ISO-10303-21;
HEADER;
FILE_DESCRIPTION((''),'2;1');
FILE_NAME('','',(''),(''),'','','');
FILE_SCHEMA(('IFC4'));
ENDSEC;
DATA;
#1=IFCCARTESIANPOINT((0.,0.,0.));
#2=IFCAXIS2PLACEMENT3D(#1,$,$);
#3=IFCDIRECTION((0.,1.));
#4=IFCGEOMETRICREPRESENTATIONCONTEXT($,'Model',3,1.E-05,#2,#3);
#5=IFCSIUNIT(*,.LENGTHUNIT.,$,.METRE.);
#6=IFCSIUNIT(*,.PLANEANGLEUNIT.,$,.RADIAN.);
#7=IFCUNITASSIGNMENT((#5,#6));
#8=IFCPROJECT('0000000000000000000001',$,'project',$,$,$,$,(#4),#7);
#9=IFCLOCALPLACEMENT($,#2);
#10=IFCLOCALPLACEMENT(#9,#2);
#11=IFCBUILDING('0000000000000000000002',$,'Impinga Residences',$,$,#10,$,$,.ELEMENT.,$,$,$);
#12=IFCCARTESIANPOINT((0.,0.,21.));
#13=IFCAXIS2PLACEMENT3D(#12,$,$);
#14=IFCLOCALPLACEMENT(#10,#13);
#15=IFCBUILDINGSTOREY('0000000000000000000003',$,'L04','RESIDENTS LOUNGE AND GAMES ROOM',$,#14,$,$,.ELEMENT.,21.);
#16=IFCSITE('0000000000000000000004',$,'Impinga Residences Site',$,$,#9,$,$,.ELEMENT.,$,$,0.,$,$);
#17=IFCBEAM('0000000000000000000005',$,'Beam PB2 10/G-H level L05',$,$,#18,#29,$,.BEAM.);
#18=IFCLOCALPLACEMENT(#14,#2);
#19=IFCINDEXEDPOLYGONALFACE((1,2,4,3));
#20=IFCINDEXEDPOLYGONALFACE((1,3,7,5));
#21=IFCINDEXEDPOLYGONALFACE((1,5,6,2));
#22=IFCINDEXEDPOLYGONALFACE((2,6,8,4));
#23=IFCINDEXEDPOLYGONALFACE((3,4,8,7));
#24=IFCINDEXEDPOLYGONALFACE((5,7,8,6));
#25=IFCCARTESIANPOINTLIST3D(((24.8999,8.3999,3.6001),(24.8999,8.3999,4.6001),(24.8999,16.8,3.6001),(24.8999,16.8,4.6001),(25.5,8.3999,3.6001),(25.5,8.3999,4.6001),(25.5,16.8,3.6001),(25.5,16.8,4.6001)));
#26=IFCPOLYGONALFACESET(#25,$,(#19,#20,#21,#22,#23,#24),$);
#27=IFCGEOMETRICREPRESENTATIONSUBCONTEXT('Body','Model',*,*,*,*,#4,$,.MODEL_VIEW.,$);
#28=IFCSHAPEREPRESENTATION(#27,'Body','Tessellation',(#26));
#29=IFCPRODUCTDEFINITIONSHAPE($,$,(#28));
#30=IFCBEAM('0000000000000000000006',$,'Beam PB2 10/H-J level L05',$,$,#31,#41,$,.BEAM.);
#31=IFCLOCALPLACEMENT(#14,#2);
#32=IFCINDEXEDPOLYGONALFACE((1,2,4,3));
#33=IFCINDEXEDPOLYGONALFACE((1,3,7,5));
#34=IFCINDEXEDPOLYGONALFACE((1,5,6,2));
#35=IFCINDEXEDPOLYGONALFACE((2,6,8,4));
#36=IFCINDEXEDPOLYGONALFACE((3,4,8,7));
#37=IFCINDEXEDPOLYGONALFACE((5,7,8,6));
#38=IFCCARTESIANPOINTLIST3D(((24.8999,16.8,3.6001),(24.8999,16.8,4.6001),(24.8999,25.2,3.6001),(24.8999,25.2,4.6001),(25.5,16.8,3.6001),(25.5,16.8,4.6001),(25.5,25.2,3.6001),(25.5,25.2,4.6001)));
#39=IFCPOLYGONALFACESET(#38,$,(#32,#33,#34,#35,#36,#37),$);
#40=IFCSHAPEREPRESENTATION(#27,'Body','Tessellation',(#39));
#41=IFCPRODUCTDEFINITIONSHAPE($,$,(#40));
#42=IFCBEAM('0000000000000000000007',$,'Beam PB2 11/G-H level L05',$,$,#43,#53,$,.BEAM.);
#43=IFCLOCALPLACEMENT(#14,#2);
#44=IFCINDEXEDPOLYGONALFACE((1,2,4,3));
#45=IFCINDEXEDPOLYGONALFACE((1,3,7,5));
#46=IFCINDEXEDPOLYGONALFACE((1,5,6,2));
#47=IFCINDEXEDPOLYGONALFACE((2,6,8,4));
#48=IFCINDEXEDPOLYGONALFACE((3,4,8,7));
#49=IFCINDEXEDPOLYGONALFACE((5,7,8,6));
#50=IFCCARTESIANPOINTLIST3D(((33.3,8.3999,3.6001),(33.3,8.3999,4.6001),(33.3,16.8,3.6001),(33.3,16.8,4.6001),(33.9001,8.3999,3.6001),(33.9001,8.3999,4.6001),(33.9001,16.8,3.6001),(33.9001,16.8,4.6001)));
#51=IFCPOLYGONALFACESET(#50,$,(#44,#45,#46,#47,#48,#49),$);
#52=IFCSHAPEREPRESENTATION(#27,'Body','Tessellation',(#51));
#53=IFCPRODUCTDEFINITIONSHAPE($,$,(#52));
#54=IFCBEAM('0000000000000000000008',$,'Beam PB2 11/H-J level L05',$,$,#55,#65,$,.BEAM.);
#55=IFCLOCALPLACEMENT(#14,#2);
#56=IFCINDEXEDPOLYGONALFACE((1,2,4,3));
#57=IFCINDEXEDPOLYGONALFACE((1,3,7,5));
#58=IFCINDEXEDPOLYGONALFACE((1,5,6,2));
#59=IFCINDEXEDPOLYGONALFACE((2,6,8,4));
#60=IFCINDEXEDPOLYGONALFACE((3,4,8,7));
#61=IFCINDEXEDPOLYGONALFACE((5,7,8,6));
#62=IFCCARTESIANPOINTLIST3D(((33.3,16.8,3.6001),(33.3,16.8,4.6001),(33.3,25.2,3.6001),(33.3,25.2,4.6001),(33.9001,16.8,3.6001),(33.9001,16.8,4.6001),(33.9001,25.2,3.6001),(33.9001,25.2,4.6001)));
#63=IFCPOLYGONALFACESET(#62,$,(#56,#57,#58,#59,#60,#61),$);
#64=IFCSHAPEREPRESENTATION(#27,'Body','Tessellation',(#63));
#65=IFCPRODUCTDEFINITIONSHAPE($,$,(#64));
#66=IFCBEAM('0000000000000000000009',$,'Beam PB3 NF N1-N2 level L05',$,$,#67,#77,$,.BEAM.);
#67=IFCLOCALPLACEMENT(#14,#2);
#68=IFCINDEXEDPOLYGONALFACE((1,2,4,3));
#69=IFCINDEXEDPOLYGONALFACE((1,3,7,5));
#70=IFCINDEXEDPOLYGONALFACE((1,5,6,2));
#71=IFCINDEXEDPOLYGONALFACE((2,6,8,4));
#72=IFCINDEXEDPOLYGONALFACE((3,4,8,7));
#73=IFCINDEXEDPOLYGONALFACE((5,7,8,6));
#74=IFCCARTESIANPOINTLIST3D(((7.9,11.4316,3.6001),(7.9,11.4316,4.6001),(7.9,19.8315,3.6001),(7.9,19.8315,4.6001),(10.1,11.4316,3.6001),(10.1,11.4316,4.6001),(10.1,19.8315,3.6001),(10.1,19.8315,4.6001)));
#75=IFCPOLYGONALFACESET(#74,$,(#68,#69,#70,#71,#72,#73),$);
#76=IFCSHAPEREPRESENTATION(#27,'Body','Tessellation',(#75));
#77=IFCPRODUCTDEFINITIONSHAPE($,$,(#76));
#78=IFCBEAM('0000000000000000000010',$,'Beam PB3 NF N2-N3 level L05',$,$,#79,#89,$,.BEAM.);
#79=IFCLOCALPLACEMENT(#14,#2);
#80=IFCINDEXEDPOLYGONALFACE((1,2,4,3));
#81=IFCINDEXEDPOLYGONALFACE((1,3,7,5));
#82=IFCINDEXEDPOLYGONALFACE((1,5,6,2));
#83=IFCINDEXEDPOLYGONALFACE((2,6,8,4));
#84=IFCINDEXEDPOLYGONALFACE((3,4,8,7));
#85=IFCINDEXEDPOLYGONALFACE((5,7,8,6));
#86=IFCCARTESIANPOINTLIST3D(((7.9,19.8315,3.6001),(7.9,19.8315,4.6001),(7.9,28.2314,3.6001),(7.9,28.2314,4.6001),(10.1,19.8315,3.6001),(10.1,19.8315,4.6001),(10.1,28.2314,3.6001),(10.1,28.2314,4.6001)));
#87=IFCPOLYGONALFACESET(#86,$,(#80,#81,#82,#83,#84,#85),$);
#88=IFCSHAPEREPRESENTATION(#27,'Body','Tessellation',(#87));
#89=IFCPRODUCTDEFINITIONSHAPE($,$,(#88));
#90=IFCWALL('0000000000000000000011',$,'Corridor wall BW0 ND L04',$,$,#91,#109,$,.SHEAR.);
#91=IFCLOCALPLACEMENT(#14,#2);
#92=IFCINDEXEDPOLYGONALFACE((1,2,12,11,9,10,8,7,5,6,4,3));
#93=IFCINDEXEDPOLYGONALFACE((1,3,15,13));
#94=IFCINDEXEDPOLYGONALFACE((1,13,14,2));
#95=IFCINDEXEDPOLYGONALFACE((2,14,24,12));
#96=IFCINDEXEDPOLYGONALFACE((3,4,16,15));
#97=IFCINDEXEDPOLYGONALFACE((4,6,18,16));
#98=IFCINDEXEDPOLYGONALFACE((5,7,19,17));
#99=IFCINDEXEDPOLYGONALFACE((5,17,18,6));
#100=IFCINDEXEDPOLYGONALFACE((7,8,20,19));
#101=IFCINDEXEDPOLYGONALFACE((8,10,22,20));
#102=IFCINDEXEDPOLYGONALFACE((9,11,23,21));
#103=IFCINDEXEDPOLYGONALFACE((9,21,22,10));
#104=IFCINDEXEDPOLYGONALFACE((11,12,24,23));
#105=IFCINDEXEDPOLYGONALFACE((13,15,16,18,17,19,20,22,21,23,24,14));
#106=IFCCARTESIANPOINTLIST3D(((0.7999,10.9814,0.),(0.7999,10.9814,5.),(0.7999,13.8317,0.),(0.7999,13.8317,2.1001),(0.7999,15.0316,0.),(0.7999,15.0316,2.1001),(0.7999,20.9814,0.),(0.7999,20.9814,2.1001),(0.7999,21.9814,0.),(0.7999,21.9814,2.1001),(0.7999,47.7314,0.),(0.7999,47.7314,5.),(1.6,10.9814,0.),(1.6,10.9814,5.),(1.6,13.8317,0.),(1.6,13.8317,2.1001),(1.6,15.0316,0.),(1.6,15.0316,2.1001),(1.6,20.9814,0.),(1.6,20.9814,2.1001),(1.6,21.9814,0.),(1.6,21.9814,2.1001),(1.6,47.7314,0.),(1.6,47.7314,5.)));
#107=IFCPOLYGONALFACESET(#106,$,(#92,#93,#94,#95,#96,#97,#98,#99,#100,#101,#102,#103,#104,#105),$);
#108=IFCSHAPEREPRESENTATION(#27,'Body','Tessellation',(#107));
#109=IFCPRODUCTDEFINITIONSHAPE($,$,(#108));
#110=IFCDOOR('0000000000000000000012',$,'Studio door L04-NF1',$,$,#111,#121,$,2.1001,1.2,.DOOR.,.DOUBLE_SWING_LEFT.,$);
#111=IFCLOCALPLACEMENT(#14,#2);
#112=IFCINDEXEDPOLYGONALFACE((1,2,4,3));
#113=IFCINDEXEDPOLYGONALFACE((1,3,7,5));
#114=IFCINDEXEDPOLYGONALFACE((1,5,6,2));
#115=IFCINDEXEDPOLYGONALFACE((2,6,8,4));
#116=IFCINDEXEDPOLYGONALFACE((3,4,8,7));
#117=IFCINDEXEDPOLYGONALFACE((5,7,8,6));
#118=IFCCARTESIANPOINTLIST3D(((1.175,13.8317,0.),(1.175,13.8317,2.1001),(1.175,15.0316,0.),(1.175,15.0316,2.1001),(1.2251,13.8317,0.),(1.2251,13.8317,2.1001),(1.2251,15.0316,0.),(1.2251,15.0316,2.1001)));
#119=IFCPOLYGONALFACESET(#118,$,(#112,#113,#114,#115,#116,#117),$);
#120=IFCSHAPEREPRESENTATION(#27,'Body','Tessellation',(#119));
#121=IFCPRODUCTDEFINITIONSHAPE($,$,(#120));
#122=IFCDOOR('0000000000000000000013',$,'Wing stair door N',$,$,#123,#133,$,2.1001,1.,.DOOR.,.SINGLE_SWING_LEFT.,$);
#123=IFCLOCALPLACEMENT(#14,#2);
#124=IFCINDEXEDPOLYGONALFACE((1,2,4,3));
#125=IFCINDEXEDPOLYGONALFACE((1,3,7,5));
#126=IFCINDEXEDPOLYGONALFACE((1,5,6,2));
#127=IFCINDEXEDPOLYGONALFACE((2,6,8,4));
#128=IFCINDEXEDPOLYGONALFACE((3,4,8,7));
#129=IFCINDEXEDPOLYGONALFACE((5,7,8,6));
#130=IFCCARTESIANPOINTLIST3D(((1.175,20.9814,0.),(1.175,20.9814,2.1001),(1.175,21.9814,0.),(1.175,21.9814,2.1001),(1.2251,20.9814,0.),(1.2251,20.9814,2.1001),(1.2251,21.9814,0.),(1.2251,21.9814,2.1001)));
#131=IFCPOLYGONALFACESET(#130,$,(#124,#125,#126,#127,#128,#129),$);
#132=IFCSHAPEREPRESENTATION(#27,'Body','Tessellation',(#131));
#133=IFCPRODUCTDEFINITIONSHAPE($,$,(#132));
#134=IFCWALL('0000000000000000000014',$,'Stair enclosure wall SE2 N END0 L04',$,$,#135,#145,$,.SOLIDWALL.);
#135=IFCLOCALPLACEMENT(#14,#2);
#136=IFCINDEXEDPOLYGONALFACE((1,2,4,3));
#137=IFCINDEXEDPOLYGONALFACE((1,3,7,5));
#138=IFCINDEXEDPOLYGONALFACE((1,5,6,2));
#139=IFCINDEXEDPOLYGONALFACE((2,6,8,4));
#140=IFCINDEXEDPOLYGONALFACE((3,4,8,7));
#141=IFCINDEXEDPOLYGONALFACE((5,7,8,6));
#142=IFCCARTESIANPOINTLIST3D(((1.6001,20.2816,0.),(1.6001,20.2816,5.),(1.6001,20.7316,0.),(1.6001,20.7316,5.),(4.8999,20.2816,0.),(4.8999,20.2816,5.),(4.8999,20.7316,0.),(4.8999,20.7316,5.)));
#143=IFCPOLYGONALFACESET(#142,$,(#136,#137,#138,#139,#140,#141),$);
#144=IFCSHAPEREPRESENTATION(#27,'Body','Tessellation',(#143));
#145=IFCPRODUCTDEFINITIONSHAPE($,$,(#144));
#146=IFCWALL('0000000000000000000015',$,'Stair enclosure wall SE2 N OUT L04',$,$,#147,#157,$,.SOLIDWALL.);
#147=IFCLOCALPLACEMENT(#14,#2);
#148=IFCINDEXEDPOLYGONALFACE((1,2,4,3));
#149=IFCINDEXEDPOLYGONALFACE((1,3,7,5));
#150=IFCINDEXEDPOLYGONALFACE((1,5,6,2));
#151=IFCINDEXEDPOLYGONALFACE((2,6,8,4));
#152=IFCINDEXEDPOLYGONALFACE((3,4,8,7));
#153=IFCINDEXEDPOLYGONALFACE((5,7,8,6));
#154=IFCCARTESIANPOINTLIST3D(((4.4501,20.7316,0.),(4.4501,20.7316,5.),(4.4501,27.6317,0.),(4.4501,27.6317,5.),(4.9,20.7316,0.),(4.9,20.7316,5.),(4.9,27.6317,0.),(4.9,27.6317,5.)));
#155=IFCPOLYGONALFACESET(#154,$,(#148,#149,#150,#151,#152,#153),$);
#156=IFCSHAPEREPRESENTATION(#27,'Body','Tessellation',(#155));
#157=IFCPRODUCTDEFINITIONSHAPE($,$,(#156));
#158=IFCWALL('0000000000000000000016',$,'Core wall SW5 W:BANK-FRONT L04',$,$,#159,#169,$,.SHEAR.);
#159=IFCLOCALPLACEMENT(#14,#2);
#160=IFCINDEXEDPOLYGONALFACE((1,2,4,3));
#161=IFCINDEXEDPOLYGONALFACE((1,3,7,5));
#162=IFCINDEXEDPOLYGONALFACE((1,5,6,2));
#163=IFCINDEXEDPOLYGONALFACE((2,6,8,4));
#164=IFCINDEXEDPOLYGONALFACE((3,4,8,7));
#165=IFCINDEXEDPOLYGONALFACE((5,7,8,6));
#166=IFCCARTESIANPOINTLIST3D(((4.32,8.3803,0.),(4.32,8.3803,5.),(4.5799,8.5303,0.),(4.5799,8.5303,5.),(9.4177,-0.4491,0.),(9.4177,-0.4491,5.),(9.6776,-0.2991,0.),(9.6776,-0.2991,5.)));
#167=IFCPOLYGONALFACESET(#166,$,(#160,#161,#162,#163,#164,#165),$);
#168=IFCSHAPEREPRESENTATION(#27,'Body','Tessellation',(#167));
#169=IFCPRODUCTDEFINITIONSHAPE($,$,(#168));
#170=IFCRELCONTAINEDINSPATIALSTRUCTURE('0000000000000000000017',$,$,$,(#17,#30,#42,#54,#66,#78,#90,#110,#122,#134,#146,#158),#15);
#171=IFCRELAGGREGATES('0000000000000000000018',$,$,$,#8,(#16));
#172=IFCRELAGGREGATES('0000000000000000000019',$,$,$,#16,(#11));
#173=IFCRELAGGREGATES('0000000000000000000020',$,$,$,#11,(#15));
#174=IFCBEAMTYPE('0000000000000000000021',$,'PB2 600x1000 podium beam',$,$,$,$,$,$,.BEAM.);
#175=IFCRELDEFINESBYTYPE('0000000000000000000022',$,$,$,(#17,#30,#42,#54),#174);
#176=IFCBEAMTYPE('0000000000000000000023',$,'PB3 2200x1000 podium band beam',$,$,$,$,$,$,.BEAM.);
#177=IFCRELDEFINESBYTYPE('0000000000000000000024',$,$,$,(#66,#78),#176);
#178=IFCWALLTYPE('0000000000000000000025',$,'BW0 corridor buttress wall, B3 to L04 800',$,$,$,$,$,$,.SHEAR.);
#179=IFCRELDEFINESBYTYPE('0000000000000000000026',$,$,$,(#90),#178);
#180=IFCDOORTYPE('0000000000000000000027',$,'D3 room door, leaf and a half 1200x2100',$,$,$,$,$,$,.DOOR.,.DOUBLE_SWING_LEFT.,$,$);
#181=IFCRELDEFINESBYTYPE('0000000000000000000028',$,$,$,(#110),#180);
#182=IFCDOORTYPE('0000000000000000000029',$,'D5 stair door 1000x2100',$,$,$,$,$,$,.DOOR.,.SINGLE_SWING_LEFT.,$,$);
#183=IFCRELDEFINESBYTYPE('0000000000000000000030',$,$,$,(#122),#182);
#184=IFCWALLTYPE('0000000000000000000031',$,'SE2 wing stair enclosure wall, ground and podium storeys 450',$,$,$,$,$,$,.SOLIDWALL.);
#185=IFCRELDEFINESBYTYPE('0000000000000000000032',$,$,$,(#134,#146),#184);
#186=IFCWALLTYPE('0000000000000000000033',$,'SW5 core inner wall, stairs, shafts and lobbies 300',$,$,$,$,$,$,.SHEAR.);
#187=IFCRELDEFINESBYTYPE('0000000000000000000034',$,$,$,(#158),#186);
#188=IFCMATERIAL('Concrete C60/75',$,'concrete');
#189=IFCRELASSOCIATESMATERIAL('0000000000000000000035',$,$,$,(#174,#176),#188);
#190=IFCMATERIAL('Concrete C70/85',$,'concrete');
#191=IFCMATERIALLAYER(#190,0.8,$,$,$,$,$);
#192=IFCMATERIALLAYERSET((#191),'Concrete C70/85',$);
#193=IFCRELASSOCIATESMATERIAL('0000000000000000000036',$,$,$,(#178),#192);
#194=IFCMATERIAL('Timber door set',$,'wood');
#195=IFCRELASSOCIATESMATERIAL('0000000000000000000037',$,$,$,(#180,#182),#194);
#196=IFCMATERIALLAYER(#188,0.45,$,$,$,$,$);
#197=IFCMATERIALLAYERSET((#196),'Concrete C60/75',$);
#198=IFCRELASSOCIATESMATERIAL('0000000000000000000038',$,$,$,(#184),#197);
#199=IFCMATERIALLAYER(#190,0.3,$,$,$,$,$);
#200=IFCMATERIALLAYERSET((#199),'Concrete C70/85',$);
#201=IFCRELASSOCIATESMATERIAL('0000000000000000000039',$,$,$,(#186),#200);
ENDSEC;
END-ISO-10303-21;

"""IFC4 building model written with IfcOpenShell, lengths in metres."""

from ifc_helpers import new_model, si_unit, direction, frame, frame_2d, origin, origin_2d, place, context, subcontext, project, spatial, rectangle, extrude, material, layer, layer_set, material_profile, profile_set, type_object, element, fill, save


model = new_model("IFC4")

# Units and contexts
model_context = context("Model", 3, precision=1e-05, world=origin(), true_north=direction((0.0, 1.0)))
body_context = subcontext(model_context, "Body", "Model", "MODEL_VIEW")
ifc_project = project(units=[si_unit("LENGTHUNIT", "METRE"), si_unit("PLANEANGLEUNIT", "RADIAN")], contexts=[model_context])

# Site, building, storey
site_placement = place(None, origin())
site = spatial("IfcSite", under=ifc_project, at=site_placement, Name="Impinga Residences Site", CompositionType="ELEMENT", RefElevation=0.0)
building_placement = place(site_placement, origin())
building = spatial("IfcBuilding", under=site, at=building_placement, Name="Impinga Residences", CompositionType="ELEMENT")
storey_placement = place(building_placement, frame((0.0, 0.0, 21.0)))
storey = spatial("IfcBuildingStorey", under=building, at=storey_placement, Name="L04", Description="RESIDENTS LOUNGE AND GAMES ROOM", CompositionType="ELEMENT", Elevation=21.0)

# Shared definitions
ifc_material_1 = material(Name="Concrete C70/85", Category="concrete")

# Beams
ifc_material_2 = material(Name="Concrete C60/75", Category="concrete")
ifc_material_profile_1 = material_profile(ifc_material_2, rectangle(XDim=0.6001, YDim=1.0, at=origin_2d()), Name="RC 600x1000")
ifc_profile_set_1 = profile_set([ifc_material_profile_1], Name="Concrete C60/75")
beam_type_1 = type_object("IfcBeamType", Name="PB2 600x1000 podium beam", PredefinedType="BEAM", material=ifc_profile_set_1)
beam_1_placement = place(storey_placement, frame((25.2, 8.3999, 4.1001), z_axis=(0.0, 1.0, 0.0), x_axis=(-1.0, 0.0, 0.0)))
element("IfcBeam", 1, at=beam_1_placement, inside=storey, type_object=beam_type_1, Name="Beam PB2 10/G-H level L05", PredefinedType="BEAM", context=body_context, shape_type="SweptSolid", body=[
    extrude(rectangle(XDim=0.6001, YDim=1.0, at=origin_2d()), origin(), (0.0, 0.0, 1.0), 8.4001),
])
beam_2_placement = place(storey_placement, frame((25.2, 16.8, 4.1001), z_axis=(0.0, 1.0, 0.0), x_axis=(-1.0, 0.0, 0.0)))
element("IfcBeam", 2, at=beam_2_placement, inside=storey, type_object=beam_type_1, Name="Beam PB2 10/H-J level L05", PredefinedType="BEAM", context=body_context, shape_type="SweptSolid", body=[
    extrude(rectangle(XDim=0.6001, YDim=1.0, at=origin_2d()), origin(), (0.0, 0.0, 1.0), 8.3999),
])
beam_3_placement = place(storey_placement, frame((33.6001, 8.3999, 4.1001), z_axis=(0.0, 1.0, 0.0), x_axis=(-1.0, 0.0, 0.0)))
element("IfcBeam", 3, at=beam_3_placement, inside=storey, type_object=beam_type_1, Name="Beam PB2 11/G-H level L05", PredefinedType="BEAM", context=body_context, shape_type="SweptSolid", body=[
    extrude(rectangle(XDim=0.6001, YDim=1.0, at=origin_2d()), origin(), (0.0, 0.0, 1.0), 8.4001),
])
beam_4_placement = place(storey_placement, frame((33.6001, 16.8, 4.1001), z_axis=(0.0, 1.0, 0.0), x_axis=(-1.0, 0.0, 0.0)))
element("IfcBeam", 4, at=beam_4_placement, inside=storey, type_object=beam_type_1, Name="Beam PB2 11/H-J level L05", PredefinedType="BEAM", context=body_context, shape_type="SweptSolid", body=[
    extrude(rectangle(XDim=0.6001, YDim=1.0, at=origin_2d()), origin(), (0.0, 0.0, 1.0), 8.3999),
])
ifc_material_profile_2 = material_profile(ifc_material_2, rectangle(XDim=2.2, YDim=1.0, at=origin_2d()), Name="RC 2200x1000")
ifc_profile_set_2 = profile_set([ifc_material_profile_2], Name="Concrete C60/75")
beam_type_2 = type_object("IfcBeamType", Name="PB3 2200x1000 podium band beam", PredefinedType="BEAM", material=ifc_profile_set_2)
for number, where, z_axis, x_axis, name in (
    (5, (9.0, 11.4316, 4.1001), (0.0, 1.0, 0.0), (-1.0, 0.0, 0.0), "Beam PB3 NF N1-N2 level L05"),
    (6, (9.0, 19.8315, 4.1001), (0.0, 1.0, 0.0), (-1.0, 0.0, 0.0), "Beam PB3 NF N2-N3 level L05"),
):
    element("IfcBeam", number, at=place(storey_placement, frame(where, z_axis=z_axis, x_axis=x_axis)), inside=storey, type_object=beam_type_2, Name=name, PredefinedType="BEAM", context=body_context, shape_type="SweptSolid", body=[
        extrude(rectangle(XDim=2.2, YDim=1.0, at=origin_2d()), origin(), (0.0, 0.0, 1.0), 8.3999),
    ])

# Wall, openings, doors
ifc_layer_1 = layer(ifc_material_1, 0.8)
ifc_layer_set_1 = layer_set([ifc_layer_1], Name="Concrete C70/85")
wall_type_1 = type_object("IfcWallType", Name="BW0 corridor buttress wall, B3 to L04 800", PredefinedType="SHEAR", material=ifc_layer_set_1)
wall_1_placement = place(storey_placement, frame((1.2, 10.9814, 0.0), z_axis=(0.0, 0.0, 1.0), x_axis=(0.0, 1.0, 0.0)))
wall_1 = element("IfcWall", 7, at=wall_1_placement, inside=storey, type_object=wall_type_1, Name="Corridor wall BW0 ND L04", PredefinedType="SHEAR", context=body_context, shape_type="SweptSolid", body=[
    extrude(rectangle(XDim=36.75, YDim=0.8, at=frame_2d((18.375, 0.0))), origin(), (0.0, 0.0, 1.0), 5.0),
])
opening_1_placement = place(wall_1_placement, frame((10.0, 0.0, 0.0)))
opening_1 = element("IfcOpeningElement", 8, at=opening_1_placement, cuts=wall_1, PredefinedType="OPENING", context=body_context, shape_type="SweptSolid", body=[
    extrude(rectangle(XDim=1.0, YDim=2.1001, at=frame_2d((0.5, 1.05))), frame((0.0, 0.4099, 0.0), z_axis=(0.0, -1.0, 0.0), x_axis=(1.0, 0.0, 0.0)), (0.0, 0.0, 1.0), 0.8201),
])
opening_2_placement = place(wall_1_placement, frame((2.8501, 0.0, 0.0)))
opening_2 = element("IfcOpeningElement", 9, at=opening_2_placement, cuts=wall_1, PredefinedType="OPENING", context=body_context, shape_type="SweptSolid", body=[
    extrude(rectangle(XDim=1.2, YDim=2.1001, at=frame_2d((0.6001, 1.05))), frame((0.0, 0.4099, 0.0), z_axis=(0.0, -1.0, 0.0), x_axis=(1.0, 0.0, 0.0)), (0.0, 0.0, 1.0), 0.8201),
])
ifc_material_3 = material(Name="Timber door set", Category="wood")
door_type_1 = type_object("IfcDoorType", Name="D3 room door, leaf and a half 1200x2100", OperationType="DOUBLE_SWING_LEFT", PredefinedType="DOOR", material=ifc_material_3)
door_1_placement = place(opening_2_placement, origin())
door_1 = element("IfcDoor", 10, at=door_1_placement, inside=storey, type_object=door_type_1, Name="Studio door L04-NF1", OperationType="DOUBLE_SWING_LEFT", OverallHeight=2.1001, OverallWidth=1.2, PredefinedType="DOOR", context=body_context, shape_type="SweptSolid", body=[
    extrude(rectangle(XDim=1.2, YDim=2.1001, at=frame_2d((0.6001, 1.05))), frame((0.0, 0.0249, 0.0), z_axis=(0.0, -1.0, 0.0), x_axis=(1.0, 0.0, 0.0)), (0.0, 0.0, 1.0), 0.05),
])
fill(opening_2, door_1)
door_type_2 = type_object("IfcDoorType", Name="D5 stair door 1000x2100", OperationType="SINGLE_SWING_LEFT", PredefinedType="DOOR", material=ifc_material_3)
door_2_placement = place(opening_1_placement, origin())
door_2 = element("IfcDoor", 11, at=door_2_placement, inside=storey, type_object=door_type_2, Name="Wing stair door N", OperationType="SINGLE_SWING_LEFT", OverallHeight=2.1001, OverallWidth=1.0, PredefinedType="DOOR", context=body_context, shape_type="SweptSolid", body=[
    extrude(rectangle(XDim=1.0, YDim=2.1001, at=frame_2d((0.5, 1.05))), frame((0.0, 0.0249, 0.0), z_axis=(0.0, -1.0, 0.0), x_axis=(1.0, 0.0, 0.0)), (0.0, 0.0, 1.0), 0.05),
])
fill(opening_1, door_2)

# Walls
ifc_layer_2 = layer(ifc_material_2, 0.45)
ifc_layer_set_2 = layer_set([ifc_layer_2], Name="Concrete C60/75")
wall_type_2 = type_object("IfcWallType", Name="SE2 wing stair enclosure wall, ground and podium storeys 450", PredefinedType="SOLIDWALL", material=ifc_layer_set_2)
wall_2_placement = place(storey_placement, frame((1.6001, 20.5066, 0.0), z_axis=(0.0, 0.0, 1.0), x_axis=(1.0, 0.0, 0.0)))
element("IfcWall", 12, at=wall_2_placement, inside=storey, type_object=wall_type_2, Name="Stair enclosure wall SE2 N END0 L04", PredefinedType="SOLIDWALL", context=body_context, shape_type="SweptSolid", body=[
    extrude(rectangle(XDim=3.2998, YDim=0.45, at=frame_2d((1.6499, 0.0))), origin(), (0.0, 0.0, 1.0), 5.0),
])
wall_3_placement = place(storey_placement, frame((4.675, 20.7314, 0.0), z_axis=(0.0, 0.0, 1.0), x_axis=(0.0, 1.0, 0.0)))
element("IfcWall", 13, at=wall_3_placement, inside=storey, type_object=wall_type_2, Name="Stair enclosure wall SE2 N OUT L04", PredefinedType="SOLIDWALL", context=body_context, shape_type="SweptSolid", body=[
    extrude(rectangle(XDim=6.9001, YDim=0.45, at=frame_2d((3.4502, 0.0))), origin(), (0.0, 0.0, 1.0), 5.0),
])
ifc_layer_3 = layer(ifc_material_1, 0.3)
ifc_layer_set_3 = layer_set([ifc_layer_3], Name="Concrete C70/85")
wall_type_3 = type_object("IfcWallType", Name="SW5 core inner wall, stairs, shafts and lobbies 300", PredefinedType="SHEAR", material=ifc_layer_set_3)
wall_4_placement = place(storey_placement, frame((4.45, 8.4553, 0.0), z_axis=(0.0, 0.0, 1.0), x_axis=(0.500002, -0.866024, 0.0)))
element("IfcWall", 14, at=wall_4_placement, inside=storey, type_object=wall_type_3, Name="Core wall SW5 W:BANK-FRONT L04", PredefinedType="SHEAR", context=body_context, shape_type="SweptSolid", body=[
    extrude(rectangle(XDim=10.1953, YDim=0.3, at=frame_2d((5.0977, 0.0))), origin(), (0.0, 0.0, 1.0), 5.0),
])

save(model, "model.ifc")
